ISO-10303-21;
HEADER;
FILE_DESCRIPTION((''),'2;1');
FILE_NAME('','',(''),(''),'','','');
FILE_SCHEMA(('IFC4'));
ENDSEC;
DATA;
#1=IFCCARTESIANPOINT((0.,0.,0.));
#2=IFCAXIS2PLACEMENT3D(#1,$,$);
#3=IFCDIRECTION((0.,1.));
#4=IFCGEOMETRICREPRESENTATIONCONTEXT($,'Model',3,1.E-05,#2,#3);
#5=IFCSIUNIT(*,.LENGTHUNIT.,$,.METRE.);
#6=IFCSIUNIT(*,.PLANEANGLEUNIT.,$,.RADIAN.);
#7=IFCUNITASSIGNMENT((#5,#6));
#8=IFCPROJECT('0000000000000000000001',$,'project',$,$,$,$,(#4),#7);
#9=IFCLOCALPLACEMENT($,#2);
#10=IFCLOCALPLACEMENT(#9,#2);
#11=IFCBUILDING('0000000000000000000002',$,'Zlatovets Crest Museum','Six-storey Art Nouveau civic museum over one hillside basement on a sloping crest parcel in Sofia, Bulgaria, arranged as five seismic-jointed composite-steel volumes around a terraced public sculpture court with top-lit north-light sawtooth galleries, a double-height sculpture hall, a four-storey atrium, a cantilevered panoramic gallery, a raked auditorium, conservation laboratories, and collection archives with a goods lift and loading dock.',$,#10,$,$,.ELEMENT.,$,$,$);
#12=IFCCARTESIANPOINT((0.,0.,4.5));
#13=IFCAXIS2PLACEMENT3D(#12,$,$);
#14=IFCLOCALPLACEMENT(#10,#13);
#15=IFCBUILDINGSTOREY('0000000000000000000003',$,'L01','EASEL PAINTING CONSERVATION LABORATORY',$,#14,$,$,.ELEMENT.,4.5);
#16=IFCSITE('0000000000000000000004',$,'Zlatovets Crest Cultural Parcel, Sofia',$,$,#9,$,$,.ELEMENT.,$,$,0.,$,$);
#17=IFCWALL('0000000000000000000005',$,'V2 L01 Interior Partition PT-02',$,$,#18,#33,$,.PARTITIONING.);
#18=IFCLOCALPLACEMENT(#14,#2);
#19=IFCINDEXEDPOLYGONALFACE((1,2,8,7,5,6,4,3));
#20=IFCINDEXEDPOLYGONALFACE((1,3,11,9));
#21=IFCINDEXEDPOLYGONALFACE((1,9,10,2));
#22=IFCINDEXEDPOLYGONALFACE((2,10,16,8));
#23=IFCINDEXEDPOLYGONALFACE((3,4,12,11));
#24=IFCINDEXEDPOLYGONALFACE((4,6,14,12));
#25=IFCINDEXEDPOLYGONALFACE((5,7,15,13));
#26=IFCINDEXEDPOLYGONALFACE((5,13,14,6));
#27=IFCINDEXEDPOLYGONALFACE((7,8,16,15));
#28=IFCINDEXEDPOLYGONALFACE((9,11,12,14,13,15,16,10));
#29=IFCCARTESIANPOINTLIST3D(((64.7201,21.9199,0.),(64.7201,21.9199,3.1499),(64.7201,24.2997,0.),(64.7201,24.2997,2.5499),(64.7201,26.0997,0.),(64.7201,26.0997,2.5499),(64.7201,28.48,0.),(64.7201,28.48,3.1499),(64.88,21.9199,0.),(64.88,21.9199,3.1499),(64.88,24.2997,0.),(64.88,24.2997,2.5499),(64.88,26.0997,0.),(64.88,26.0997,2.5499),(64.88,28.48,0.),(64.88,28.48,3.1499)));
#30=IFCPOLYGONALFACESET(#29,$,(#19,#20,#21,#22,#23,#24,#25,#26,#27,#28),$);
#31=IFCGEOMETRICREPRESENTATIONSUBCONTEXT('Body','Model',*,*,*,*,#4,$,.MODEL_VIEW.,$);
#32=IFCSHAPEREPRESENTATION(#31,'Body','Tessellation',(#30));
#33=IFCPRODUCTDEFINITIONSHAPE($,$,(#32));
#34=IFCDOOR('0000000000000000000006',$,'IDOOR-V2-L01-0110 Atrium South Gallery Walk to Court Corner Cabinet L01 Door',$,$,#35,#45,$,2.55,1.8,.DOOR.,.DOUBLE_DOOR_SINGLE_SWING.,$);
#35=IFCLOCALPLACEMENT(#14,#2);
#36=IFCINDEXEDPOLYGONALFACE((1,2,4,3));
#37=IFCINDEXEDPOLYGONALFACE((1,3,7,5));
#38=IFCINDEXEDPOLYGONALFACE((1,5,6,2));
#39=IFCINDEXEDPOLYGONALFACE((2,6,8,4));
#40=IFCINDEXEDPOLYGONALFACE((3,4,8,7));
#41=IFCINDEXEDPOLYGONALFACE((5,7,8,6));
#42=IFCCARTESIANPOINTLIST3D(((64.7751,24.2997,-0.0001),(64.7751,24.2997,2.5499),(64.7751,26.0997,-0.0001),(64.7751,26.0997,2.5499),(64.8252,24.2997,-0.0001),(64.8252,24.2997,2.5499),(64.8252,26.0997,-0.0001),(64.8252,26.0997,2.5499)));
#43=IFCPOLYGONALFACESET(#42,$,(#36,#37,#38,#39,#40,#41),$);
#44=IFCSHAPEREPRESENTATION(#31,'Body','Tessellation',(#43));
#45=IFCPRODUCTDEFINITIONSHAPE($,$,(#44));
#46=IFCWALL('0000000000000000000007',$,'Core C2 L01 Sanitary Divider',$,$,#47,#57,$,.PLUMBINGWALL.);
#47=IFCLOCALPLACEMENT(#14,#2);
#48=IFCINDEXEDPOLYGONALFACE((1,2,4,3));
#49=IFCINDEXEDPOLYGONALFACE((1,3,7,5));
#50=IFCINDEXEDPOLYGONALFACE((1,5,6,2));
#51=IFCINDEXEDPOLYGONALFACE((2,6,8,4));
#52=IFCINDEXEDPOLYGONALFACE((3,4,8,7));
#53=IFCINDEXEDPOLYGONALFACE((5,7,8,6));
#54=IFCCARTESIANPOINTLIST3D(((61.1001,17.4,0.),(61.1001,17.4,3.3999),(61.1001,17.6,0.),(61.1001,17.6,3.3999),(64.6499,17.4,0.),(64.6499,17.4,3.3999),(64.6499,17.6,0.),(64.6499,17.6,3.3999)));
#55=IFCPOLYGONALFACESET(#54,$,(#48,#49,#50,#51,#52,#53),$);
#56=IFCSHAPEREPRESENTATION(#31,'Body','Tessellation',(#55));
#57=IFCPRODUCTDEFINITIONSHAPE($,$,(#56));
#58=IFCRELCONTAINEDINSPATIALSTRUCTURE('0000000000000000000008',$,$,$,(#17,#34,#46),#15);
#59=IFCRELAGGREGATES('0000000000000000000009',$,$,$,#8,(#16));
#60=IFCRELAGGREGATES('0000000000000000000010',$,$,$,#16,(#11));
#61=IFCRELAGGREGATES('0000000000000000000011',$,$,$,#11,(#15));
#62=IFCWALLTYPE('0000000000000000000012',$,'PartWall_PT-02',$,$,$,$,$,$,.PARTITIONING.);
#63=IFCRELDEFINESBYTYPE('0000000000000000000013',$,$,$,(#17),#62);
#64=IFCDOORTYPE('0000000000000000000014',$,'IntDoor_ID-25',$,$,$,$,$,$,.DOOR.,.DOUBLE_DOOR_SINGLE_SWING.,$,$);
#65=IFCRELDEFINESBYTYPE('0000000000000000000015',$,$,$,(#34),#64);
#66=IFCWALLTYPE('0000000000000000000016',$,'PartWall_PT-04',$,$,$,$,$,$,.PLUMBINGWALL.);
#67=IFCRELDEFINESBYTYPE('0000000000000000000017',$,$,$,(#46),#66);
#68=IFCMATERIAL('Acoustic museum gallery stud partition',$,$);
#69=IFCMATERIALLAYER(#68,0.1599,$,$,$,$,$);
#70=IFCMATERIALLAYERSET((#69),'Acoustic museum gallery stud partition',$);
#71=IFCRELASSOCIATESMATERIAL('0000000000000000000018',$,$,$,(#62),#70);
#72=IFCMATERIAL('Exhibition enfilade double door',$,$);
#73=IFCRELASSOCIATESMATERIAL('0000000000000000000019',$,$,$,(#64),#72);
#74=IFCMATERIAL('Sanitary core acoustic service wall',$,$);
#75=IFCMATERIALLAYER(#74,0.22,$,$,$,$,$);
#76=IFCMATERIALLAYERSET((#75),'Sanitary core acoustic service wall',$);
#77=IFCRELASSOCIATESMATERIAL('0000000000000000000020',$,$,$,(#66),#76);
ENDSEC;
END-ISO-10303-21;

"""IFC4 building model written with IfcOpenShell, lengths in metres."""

from ifc_helpers import new_model, si_unit, direction, frame, frame_2d, origin, place, context, subcontext, project, spatial, rectangle, extrude, material, layer, layer_set, type_object, element, fill, save


model = new_model("IFC4")

# Units and contexts
model_context = context("Model", 3, precision=1e-05, world=origin(), true_north=direction((0.0, 1.0)))
body_context = subcontext(model_context, "Body", "Model", "MODEL_VIEW")
ifc_project = project(units=[si_unit("LENGTHUNIT", "METRE"), si_unit("PLANEANGLEUNIT", "RADIAN")], contexts=[model_context])

# Site, building, storey
site_placement = place(None, origin())
site = spatial("IfcSite", under=ifc_project, at=site_placement, Name="Zlatovets Crest Cultural Parcel, Sofia", CompositionType="ELEMENT", RefElevation=0.0)
building_placement = place(site_placement, origin())
building = spatial("IfcBuilding", under=site, at=building_placement, Name="Zlatovets Crest Museum", Description="Six-storey Art Nouveau civic museum over one hillside basement on a sloping crest parcel in Sofia, Bulgaria, arranged as five seismic-jointed composite-steel volumes around a terraced public sculpture court with top-lit north-light sawtooth galleries, a double-height sculpture hall, a four-storey atrium, a cantilevered panoramic gallery, a raked auditorium, conservation laboratories, and collection archives with a goods lift and loading dock.", CompositionType="ELEMENT")
storey_placement = place(building_placement, frame((0.0, 0.0, 4.5)))
storey = spatial("IfcBuildingStorey", under=building, at=storey_placement, Name="L01", Description="EASEL PAINTING CONSERVATION LABORATORY", CompositionType="ELEMENT", Elevation=4.5)

# Wall, opening, door
ifc_material_1 = material(Name="Acoustic museum gallery stud partition")
ifc_layer_1 = layer(ifc_material_1, 0.1599)
ifc_layer_set_1 = layer_set([ifc_layer_1], Name="Acoustic museum gallery stud partition")
wall_type_1 = type_object("IfcWallType", Name="PartWall_PT-02", PredefinedType="PARTITIONING", material=ifc_layer_set_1)
wall_1_placement = place(storey_placement, frame((64.8, 21.9199, 0.0), z_axis=(0.0, 0.0, 1.0), x_axis=(0.0, 1.0, 0.0)))
wall_1 = element("IfcWall", 1, at=wall_1_placement, inside=storey, type_object=wall_type_1, Name="V2 L01 Interior Partition PT-02", PredefinedType="PARTITIONING", context=body_context, shape_type="SweptSolid", body=[
    extrude(rectangle(XDim=6.5601, YDim=0.1599, at=frame_2d((3.28, 0.0))), origin(), (0.0, 0.0, 1.0), 3.1499),
])
opening_1_placement = place(wall_1_placement, frame((2.3799, 0.0, 0.0)))
opening_1 = element("IfcOpeningElement", 2, at=opening_1_placement, cuts=wall_1, PredefinedType="OPENING", context=body_context, shape_type="SweptSolid", body=[
    extrude(rectangle(XDim=1.8, YDim=2.55, at=frame_2d((0.8999, 1.2749))), frame((0.0, 0.0898, 0.0), z_axis=(0.0, -1.0, 0.0), x_axis=(1.0, 0.0, 0.0)), (0.0, 0.0, 1.0), 0.1799),
])
ifc_material_2 = material(Name="Exhibition enfilade double door")
door_type_1 = type_object("IfcDoorType", Name="IntDoor_ID-25", OperationType="DOUBLE_DOOR_SINGLE_SWING", PredefinedType="DOOR", material=ifc_material_2)
door_1_placement = place(opening_1_placement, origin())
door_1 = element("IfcDoor", 3, at=door_1_placement, inside=storey, type_object=door_type_1, Name="IDOOR-V2-L01-0110 Atrium South Gallery Walk to Court Corner Cabinet L01 Door", OperationType="DOUBLE_DOOR_SINGLE_SWING", OverallHeight=2.55, OverallWidth=1.8, PredefinedType="DOOR", context=body_context, shape_type="SweptSolid", body=[
    extrude(rectangle(XDim=1.8, YDim=2.55, at=frame_2d((0.8999, 1.2749))), frame((0.0, 0.0249, 0.0), z_axis=(0.0, -1.0, 0.0), x_axis=(1.0, 0.0, 0.0)), (0.0, 0.0, 1.0), 0.05),
])
fill(opening_1, door_1)

# Wall
ifc_material_3 = material(Name="Sanitary core acoustic service wall")
ifc_layer_2 = layer(ifc_material_3, 0.22)
ifc_layer_set_2 = layer_set([ifc_layer_2], Name="Sanitary core acoustic service wall")
wall_type_2 = type_object("IfcWallType", Name="PartWall_PT-04", PredefinedType="PLUMBINGWALL", material=ifc_layer_set_2)
wall_2_placement = place(storey_placement, frame((61.1001, 17.5, 0.0), z_axis=(0.0, 0.0, 1.0), x_axis=(1.0, 0.0, 0.0)))
element("IfcWall", 4, at=wall_2_placement, inside=storey, type_object=wall_type_2, Name="Core C2 L01 Sanitary Divider", PredefinedType="PLUMBINGWALL", context=body_context, shape_type="SweptSolid", body=[
    extrude(rectangle(XDim=3.5498, YDim=0.2, at=frame_2d((1.7749, 0.0))), origin(), (0.0, 0.0, 1.0), 3.3999),
])

save(model, "model.ifc")
